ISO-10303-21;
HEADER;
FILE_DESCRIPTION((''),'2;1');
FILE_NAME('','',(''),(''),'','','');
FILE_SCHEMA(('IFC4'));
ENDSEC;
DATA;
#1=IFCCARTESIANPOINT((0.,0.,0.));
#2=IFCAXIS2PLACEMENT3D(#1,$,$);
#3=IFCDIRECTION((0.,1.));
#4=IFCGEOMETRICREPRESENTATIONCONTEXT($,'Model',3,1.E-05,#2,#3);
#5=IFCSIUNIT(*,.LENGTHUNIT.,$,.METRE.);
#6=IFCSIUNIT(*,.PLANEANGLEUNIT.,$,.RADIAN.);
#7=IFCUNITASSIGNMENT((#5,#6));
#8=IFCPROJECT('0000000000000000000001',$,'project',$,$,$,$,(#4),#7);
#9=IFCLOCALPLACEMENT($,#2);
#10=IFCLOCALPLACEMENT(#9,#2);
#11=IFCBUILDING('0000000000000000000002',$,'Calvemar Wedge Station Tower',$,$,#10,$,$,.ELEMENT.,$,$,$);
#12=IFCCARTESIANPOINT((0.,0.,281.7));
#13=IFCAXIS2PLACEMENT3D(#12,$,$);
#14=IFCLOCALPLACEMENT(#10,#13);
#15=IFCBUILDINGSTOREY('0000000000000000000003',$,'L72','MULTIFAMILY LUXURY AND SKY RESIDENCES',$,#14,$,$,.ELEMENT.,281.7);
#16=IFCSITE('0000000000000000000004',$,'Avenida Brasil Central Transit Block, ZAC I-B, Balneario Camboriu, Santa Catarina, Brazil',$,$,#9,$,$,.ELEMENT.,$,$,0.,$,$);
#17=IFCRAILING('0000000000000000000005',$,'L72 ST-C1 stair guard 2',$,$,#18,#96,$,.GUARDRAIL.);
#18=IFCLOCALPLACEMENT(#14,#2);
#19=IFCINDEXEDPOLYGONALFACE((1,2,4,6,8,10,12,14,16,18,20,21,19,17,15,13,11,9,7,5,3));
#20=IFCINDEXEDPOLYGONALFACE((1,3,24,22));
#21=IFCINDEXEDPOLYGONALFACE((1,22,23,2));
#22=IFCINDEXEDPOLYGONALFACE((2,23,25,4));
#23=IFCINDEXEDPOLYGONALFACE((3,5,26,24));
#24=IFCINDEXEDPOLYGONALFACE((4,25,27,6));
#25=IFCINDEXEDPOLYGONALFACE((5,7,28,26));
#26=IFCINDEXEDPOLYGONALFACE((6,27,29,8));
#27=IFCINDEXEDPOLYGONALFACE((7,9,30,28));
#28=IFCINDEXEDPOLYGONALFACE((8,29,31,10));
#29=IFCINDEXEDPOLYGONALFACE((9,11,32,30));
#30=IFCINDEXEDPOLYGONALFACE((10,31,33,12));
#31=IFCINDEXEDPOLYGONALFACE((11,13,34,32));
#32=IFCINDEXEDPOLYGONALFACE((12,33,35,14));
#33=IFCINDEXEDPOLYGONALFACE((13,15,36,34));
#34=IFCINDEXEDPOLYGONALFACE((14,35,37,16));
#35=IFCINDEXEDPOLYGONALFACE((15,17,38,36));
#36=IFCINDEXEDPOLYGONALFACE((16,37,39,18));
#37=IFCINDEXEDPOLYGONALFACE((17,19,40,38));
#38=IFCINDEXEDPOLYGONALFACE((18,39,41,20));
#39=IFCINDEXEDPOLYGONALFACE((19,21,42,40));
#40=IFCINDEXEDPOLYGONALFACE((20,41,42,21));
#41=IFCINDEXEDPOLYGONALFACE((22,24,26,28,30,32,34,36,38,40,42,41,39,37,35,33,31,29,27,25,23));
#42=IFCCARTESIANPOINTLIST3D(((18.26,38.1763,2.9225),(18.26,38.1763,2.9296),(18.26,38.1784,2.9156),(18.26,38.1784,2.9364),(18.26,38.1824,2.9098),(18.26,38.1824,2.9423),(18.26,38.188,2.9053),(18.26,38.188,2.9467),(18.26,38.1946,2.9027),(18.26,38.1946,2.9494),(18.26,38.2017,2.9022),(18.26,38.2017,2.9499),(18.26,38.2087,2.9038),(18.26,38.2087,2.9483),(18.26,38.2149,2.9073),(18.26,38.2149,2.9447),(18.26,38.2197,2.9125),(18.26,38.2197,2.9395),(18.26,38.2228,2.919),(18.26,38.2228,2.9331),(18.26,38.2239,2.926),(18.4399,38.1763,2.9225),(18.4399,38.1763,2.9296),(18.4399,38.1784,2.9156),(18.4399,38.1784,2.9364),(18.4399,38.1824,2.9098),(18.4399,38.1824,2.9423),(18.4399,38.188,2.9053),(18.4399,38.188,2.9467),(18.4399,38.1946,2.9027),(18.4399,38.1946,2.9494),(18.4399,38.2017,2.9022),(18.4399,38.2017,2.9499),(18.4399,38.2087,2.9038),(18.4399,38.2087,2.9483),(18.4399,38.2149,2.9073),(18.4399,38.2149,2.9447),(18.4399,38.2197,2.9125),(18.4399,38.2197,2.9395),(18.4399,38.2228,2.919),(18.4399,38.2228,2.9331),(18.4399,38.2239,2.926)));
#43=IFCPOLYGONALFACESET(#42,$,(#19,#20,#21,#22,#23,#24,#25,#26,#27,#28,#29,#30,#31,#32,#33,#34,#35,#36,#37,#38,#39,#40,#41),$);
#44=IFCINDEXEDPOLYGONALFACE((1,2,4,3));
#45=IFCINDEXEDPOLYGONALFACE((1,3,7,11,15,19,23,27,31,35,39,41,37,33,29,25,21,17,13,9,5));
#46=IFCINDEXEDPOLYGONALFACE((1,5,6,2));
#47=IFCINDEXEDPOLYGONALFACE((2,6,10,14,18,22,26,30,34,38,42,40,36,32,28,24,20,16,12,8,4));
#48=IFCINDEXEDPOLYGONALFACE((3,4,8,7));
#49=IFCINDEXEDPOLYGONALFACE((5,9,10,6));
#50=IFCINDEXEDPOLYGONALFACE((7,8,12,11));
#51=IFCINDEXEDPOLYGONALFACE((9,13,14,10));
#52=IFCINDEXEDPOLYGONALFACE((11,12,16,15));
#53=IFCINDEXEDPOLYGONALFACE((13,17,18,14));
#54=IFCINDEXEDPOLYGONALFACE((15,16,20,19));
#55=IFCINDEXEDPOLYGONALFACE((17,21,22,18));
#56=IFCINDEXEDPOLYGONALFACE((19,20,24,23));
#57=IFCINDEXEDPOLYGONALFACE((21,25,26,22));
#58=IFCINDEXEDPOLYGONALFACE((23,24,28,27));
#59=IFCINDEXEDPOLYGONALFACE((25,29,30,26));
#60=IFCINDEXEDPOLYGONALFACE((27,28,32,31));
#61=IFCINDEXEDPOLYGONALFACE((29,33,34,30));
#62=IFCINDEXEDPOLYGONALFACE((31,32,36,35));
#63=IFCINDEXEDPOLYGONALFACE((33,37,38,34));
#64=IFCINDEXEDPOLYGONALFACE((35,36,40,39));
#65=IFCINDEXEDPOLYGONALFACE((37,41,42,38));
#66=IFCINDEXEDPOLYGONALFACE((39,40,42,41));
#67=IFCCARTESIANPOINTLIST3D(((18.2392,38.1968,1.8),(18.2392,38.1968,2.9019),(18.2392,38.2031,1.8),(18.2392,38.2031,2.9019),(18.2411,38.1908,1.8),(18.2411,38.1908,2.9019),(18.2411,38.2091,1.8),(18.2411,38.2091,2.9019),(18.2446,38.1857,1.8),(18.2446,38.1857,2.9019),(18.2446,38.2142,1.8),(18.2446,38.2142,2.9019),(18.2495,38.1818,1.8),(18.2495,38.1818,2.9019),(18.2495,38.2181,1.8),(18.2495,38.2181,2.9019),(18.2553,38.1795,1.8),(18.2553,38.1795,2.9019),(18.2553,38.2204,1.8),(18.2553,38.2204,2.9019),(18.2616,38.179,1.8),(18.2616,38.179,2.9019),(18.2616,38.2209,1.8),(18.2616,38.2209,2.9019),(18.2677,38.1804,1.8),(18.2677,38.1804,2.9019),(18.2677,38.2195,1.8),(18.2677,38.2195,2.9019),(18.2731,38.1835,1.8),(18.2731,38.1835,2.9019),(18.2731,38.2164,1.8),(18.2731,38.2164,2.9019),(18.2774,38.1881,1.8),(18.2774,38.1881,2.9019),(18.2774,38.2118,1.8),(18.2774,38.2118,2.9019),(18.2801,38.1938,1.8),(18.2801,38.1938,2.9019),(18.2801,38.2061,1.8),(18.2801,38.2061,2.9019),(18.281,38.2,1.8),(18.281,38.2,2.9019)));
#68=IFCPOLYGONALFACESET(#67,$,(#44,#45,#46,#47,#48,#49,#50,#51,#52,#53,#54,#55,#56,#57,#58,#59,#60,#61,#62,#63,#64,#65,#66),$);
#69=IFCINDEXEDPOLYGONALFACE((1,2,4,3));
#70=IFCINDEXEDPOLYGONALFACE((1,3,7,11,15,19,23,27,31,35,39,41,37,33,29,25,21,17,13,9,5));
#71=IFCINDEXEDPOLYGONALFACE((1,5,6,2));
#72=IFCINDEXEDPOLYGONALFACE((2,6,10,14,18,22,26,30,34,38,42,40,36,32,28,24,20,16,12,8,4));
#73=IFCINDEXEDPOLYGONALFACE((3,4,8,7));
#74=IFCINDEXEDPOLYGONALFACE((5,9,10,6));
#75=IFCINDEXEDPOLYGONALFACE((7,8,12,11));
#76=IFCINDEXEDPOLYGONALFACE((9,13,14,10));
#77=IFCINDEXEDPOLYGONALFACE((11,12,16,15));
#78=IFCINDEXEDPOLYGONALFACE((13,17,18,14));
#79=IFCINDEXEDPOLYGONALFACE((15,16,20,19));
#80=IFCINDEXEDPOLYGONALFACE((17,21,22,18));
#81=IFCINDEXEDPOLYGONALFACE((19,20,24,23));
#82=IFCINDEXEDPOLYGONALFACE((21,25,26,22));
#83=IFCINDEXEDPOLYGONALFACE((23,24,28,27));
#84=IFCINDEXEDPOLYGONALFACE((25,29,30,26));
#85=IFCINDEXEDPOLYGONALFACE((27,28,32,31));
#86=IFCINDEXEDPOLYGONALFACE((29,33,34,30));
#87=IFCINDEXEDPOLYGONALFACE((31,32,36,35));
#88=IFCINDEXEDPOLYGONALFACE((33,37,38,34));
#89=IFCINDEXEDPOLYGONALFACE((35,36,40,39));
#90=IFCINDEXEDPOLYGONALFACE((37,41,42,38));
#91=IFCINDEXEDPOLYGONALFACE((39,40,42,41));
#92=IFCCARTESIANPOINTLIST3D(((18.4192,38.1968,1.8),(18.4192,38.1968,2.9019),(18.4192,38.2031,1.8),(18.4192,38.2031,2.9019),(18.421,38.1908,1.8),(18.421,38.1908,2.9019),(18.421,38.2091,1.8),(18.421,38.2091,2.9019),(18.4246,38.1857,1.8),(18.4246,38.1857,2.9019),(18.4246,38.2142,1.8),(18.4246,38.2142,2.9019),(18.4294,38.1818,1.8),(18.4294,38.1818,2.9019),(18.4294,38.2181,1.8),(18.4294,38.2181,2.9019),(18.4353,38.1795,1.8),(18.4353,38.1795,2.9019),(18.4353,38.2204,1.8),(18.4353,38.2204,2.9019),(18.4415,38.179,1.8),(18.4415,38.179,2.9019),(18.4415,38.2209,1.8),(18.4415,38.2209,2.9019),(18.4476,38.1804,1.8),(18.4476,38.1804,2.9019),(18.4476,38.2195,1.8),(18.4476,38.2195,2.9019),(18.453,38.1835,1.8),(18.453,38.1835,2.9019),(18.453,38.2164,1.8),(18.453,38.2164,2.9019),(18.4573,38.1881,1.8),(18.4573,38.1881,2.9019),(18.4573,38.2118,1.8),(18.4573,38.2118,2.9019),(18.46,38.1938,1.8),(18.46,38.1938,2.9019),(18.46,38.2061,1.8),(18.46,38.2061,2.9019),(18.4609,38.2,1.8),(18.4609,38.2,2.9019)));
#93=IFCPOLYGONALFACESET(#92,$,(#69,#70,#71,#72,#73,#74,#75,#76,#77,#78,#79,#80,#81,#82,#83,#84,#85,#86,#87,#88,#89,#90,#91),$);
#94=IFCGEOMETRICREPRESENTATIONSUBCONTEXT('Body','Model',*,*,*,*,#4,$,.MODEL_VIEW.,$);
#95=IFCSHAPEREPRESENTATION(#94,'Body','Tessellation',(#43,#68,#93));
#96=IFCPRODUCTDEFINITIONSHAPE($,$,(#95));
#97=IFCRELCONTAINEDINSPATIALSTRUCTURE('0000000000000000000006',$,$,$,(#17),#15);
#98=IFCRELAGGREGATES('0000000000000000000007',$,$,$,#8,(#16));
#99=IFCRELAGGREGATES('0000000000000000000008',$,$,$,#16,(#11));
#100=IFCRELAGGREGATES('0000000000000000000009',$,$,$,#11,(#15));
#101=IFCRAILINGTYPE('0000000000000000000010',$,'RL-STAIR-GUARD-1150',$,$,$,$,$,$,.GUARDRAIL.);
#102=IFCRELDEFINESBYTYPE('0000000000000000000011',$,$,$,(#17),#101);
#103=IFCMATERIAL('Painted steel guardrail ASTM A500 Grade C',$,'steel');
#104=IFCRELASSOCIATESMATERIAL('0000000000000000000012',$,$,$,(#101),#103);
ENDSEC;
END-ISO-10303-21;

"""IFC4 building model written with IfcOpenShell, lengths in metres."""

from ifc_helpers import new_model, si_unit, direction, frame, origin, origin_2d, place, context, subcontext, project, spatial, circle, extrude, material, type_object, element, save


model = new_model("IFC4")

# Units and contexts
model_context = context("Model", 3, precision=1e-05, world=origin(), true_north=direction((0.0, 1.0)))
body_context = subcontext(model_context, "Body", "Model", "MODEL_VIEW")
ifc_project = project(units=[si_unit("LENGTHUNIT", "METRE"), si_unit("PLANEANGLEUNIT", "RADIAN")], contexts=[model_context])

# Site, building, storey
site_placement = place(None, origin())
site = spatial("IfcSite", under=ifc_project, at=site_placement, Name="Avenida Brasil Central Transit Block, ZAC I-B, Balneario Camboriu, Santa Catarina, Brazil", CompositionType="ELEMENT", RefElevation=0.0)
building_placement = place(site_placement, origin())
building = spatial("IfcBuilding", under=site, at=building_placement, Name="Calvemar Wedge Station Tower", CompositionType="ELEMENT")
storey_placement = place(building_placement, frame((0.0, 0.0, 281.7)))
storey = spatial("IfcBuildingStorey", under=building, at=storey_placement, Name="L72", Description="MULTIFAMILY LUXURY AND SKY RESIDENCES", CompositionType="ELEMENT", Elevation=281.7)

# Railing
ifc_material_1 = material(Name="Painted steel guardrail ASTM A500 Grade C", Category="steel")
railing_type = type_object("IfcRailingType", Name="RL-STAIR-GUARD-1150", PredefinedType="GUARDRAIL", material=ifc_material_1)
railing_1_placement = place(storey_placement, frame((18.26, 38.2, 1.8)))
element("IfcRailing", 1, at=railing_1_placement, inside=storey, type_object=railing_type, Name="L72 ST-C1 stair guard 2", PredefinedType="GUARDRAIL", context=body_context, shape_type="SweptSolid", body=[
    extrude(circle(Radius=0.0239, at=origin_2d()), frame((0.0, 0.0, 1.126), z_axis=(1.0, 0.0, 0.0), x_axis=(0.0, 1.0, 0.0)), (0.0, 0.0, 1.0), 0.1799),
    extrude(circle(Radius=0.021, at=origin_2d()), origin(), (0.0, 0.0, 1.0), 1.1018),
    extrude(circle(Radius=0.021, at=origin_2d()), frame((0.1799, 0.0, 0.0)), (0.0, 0.0, 1.0), 1.1018),
])

save(model, "model.ifc")
